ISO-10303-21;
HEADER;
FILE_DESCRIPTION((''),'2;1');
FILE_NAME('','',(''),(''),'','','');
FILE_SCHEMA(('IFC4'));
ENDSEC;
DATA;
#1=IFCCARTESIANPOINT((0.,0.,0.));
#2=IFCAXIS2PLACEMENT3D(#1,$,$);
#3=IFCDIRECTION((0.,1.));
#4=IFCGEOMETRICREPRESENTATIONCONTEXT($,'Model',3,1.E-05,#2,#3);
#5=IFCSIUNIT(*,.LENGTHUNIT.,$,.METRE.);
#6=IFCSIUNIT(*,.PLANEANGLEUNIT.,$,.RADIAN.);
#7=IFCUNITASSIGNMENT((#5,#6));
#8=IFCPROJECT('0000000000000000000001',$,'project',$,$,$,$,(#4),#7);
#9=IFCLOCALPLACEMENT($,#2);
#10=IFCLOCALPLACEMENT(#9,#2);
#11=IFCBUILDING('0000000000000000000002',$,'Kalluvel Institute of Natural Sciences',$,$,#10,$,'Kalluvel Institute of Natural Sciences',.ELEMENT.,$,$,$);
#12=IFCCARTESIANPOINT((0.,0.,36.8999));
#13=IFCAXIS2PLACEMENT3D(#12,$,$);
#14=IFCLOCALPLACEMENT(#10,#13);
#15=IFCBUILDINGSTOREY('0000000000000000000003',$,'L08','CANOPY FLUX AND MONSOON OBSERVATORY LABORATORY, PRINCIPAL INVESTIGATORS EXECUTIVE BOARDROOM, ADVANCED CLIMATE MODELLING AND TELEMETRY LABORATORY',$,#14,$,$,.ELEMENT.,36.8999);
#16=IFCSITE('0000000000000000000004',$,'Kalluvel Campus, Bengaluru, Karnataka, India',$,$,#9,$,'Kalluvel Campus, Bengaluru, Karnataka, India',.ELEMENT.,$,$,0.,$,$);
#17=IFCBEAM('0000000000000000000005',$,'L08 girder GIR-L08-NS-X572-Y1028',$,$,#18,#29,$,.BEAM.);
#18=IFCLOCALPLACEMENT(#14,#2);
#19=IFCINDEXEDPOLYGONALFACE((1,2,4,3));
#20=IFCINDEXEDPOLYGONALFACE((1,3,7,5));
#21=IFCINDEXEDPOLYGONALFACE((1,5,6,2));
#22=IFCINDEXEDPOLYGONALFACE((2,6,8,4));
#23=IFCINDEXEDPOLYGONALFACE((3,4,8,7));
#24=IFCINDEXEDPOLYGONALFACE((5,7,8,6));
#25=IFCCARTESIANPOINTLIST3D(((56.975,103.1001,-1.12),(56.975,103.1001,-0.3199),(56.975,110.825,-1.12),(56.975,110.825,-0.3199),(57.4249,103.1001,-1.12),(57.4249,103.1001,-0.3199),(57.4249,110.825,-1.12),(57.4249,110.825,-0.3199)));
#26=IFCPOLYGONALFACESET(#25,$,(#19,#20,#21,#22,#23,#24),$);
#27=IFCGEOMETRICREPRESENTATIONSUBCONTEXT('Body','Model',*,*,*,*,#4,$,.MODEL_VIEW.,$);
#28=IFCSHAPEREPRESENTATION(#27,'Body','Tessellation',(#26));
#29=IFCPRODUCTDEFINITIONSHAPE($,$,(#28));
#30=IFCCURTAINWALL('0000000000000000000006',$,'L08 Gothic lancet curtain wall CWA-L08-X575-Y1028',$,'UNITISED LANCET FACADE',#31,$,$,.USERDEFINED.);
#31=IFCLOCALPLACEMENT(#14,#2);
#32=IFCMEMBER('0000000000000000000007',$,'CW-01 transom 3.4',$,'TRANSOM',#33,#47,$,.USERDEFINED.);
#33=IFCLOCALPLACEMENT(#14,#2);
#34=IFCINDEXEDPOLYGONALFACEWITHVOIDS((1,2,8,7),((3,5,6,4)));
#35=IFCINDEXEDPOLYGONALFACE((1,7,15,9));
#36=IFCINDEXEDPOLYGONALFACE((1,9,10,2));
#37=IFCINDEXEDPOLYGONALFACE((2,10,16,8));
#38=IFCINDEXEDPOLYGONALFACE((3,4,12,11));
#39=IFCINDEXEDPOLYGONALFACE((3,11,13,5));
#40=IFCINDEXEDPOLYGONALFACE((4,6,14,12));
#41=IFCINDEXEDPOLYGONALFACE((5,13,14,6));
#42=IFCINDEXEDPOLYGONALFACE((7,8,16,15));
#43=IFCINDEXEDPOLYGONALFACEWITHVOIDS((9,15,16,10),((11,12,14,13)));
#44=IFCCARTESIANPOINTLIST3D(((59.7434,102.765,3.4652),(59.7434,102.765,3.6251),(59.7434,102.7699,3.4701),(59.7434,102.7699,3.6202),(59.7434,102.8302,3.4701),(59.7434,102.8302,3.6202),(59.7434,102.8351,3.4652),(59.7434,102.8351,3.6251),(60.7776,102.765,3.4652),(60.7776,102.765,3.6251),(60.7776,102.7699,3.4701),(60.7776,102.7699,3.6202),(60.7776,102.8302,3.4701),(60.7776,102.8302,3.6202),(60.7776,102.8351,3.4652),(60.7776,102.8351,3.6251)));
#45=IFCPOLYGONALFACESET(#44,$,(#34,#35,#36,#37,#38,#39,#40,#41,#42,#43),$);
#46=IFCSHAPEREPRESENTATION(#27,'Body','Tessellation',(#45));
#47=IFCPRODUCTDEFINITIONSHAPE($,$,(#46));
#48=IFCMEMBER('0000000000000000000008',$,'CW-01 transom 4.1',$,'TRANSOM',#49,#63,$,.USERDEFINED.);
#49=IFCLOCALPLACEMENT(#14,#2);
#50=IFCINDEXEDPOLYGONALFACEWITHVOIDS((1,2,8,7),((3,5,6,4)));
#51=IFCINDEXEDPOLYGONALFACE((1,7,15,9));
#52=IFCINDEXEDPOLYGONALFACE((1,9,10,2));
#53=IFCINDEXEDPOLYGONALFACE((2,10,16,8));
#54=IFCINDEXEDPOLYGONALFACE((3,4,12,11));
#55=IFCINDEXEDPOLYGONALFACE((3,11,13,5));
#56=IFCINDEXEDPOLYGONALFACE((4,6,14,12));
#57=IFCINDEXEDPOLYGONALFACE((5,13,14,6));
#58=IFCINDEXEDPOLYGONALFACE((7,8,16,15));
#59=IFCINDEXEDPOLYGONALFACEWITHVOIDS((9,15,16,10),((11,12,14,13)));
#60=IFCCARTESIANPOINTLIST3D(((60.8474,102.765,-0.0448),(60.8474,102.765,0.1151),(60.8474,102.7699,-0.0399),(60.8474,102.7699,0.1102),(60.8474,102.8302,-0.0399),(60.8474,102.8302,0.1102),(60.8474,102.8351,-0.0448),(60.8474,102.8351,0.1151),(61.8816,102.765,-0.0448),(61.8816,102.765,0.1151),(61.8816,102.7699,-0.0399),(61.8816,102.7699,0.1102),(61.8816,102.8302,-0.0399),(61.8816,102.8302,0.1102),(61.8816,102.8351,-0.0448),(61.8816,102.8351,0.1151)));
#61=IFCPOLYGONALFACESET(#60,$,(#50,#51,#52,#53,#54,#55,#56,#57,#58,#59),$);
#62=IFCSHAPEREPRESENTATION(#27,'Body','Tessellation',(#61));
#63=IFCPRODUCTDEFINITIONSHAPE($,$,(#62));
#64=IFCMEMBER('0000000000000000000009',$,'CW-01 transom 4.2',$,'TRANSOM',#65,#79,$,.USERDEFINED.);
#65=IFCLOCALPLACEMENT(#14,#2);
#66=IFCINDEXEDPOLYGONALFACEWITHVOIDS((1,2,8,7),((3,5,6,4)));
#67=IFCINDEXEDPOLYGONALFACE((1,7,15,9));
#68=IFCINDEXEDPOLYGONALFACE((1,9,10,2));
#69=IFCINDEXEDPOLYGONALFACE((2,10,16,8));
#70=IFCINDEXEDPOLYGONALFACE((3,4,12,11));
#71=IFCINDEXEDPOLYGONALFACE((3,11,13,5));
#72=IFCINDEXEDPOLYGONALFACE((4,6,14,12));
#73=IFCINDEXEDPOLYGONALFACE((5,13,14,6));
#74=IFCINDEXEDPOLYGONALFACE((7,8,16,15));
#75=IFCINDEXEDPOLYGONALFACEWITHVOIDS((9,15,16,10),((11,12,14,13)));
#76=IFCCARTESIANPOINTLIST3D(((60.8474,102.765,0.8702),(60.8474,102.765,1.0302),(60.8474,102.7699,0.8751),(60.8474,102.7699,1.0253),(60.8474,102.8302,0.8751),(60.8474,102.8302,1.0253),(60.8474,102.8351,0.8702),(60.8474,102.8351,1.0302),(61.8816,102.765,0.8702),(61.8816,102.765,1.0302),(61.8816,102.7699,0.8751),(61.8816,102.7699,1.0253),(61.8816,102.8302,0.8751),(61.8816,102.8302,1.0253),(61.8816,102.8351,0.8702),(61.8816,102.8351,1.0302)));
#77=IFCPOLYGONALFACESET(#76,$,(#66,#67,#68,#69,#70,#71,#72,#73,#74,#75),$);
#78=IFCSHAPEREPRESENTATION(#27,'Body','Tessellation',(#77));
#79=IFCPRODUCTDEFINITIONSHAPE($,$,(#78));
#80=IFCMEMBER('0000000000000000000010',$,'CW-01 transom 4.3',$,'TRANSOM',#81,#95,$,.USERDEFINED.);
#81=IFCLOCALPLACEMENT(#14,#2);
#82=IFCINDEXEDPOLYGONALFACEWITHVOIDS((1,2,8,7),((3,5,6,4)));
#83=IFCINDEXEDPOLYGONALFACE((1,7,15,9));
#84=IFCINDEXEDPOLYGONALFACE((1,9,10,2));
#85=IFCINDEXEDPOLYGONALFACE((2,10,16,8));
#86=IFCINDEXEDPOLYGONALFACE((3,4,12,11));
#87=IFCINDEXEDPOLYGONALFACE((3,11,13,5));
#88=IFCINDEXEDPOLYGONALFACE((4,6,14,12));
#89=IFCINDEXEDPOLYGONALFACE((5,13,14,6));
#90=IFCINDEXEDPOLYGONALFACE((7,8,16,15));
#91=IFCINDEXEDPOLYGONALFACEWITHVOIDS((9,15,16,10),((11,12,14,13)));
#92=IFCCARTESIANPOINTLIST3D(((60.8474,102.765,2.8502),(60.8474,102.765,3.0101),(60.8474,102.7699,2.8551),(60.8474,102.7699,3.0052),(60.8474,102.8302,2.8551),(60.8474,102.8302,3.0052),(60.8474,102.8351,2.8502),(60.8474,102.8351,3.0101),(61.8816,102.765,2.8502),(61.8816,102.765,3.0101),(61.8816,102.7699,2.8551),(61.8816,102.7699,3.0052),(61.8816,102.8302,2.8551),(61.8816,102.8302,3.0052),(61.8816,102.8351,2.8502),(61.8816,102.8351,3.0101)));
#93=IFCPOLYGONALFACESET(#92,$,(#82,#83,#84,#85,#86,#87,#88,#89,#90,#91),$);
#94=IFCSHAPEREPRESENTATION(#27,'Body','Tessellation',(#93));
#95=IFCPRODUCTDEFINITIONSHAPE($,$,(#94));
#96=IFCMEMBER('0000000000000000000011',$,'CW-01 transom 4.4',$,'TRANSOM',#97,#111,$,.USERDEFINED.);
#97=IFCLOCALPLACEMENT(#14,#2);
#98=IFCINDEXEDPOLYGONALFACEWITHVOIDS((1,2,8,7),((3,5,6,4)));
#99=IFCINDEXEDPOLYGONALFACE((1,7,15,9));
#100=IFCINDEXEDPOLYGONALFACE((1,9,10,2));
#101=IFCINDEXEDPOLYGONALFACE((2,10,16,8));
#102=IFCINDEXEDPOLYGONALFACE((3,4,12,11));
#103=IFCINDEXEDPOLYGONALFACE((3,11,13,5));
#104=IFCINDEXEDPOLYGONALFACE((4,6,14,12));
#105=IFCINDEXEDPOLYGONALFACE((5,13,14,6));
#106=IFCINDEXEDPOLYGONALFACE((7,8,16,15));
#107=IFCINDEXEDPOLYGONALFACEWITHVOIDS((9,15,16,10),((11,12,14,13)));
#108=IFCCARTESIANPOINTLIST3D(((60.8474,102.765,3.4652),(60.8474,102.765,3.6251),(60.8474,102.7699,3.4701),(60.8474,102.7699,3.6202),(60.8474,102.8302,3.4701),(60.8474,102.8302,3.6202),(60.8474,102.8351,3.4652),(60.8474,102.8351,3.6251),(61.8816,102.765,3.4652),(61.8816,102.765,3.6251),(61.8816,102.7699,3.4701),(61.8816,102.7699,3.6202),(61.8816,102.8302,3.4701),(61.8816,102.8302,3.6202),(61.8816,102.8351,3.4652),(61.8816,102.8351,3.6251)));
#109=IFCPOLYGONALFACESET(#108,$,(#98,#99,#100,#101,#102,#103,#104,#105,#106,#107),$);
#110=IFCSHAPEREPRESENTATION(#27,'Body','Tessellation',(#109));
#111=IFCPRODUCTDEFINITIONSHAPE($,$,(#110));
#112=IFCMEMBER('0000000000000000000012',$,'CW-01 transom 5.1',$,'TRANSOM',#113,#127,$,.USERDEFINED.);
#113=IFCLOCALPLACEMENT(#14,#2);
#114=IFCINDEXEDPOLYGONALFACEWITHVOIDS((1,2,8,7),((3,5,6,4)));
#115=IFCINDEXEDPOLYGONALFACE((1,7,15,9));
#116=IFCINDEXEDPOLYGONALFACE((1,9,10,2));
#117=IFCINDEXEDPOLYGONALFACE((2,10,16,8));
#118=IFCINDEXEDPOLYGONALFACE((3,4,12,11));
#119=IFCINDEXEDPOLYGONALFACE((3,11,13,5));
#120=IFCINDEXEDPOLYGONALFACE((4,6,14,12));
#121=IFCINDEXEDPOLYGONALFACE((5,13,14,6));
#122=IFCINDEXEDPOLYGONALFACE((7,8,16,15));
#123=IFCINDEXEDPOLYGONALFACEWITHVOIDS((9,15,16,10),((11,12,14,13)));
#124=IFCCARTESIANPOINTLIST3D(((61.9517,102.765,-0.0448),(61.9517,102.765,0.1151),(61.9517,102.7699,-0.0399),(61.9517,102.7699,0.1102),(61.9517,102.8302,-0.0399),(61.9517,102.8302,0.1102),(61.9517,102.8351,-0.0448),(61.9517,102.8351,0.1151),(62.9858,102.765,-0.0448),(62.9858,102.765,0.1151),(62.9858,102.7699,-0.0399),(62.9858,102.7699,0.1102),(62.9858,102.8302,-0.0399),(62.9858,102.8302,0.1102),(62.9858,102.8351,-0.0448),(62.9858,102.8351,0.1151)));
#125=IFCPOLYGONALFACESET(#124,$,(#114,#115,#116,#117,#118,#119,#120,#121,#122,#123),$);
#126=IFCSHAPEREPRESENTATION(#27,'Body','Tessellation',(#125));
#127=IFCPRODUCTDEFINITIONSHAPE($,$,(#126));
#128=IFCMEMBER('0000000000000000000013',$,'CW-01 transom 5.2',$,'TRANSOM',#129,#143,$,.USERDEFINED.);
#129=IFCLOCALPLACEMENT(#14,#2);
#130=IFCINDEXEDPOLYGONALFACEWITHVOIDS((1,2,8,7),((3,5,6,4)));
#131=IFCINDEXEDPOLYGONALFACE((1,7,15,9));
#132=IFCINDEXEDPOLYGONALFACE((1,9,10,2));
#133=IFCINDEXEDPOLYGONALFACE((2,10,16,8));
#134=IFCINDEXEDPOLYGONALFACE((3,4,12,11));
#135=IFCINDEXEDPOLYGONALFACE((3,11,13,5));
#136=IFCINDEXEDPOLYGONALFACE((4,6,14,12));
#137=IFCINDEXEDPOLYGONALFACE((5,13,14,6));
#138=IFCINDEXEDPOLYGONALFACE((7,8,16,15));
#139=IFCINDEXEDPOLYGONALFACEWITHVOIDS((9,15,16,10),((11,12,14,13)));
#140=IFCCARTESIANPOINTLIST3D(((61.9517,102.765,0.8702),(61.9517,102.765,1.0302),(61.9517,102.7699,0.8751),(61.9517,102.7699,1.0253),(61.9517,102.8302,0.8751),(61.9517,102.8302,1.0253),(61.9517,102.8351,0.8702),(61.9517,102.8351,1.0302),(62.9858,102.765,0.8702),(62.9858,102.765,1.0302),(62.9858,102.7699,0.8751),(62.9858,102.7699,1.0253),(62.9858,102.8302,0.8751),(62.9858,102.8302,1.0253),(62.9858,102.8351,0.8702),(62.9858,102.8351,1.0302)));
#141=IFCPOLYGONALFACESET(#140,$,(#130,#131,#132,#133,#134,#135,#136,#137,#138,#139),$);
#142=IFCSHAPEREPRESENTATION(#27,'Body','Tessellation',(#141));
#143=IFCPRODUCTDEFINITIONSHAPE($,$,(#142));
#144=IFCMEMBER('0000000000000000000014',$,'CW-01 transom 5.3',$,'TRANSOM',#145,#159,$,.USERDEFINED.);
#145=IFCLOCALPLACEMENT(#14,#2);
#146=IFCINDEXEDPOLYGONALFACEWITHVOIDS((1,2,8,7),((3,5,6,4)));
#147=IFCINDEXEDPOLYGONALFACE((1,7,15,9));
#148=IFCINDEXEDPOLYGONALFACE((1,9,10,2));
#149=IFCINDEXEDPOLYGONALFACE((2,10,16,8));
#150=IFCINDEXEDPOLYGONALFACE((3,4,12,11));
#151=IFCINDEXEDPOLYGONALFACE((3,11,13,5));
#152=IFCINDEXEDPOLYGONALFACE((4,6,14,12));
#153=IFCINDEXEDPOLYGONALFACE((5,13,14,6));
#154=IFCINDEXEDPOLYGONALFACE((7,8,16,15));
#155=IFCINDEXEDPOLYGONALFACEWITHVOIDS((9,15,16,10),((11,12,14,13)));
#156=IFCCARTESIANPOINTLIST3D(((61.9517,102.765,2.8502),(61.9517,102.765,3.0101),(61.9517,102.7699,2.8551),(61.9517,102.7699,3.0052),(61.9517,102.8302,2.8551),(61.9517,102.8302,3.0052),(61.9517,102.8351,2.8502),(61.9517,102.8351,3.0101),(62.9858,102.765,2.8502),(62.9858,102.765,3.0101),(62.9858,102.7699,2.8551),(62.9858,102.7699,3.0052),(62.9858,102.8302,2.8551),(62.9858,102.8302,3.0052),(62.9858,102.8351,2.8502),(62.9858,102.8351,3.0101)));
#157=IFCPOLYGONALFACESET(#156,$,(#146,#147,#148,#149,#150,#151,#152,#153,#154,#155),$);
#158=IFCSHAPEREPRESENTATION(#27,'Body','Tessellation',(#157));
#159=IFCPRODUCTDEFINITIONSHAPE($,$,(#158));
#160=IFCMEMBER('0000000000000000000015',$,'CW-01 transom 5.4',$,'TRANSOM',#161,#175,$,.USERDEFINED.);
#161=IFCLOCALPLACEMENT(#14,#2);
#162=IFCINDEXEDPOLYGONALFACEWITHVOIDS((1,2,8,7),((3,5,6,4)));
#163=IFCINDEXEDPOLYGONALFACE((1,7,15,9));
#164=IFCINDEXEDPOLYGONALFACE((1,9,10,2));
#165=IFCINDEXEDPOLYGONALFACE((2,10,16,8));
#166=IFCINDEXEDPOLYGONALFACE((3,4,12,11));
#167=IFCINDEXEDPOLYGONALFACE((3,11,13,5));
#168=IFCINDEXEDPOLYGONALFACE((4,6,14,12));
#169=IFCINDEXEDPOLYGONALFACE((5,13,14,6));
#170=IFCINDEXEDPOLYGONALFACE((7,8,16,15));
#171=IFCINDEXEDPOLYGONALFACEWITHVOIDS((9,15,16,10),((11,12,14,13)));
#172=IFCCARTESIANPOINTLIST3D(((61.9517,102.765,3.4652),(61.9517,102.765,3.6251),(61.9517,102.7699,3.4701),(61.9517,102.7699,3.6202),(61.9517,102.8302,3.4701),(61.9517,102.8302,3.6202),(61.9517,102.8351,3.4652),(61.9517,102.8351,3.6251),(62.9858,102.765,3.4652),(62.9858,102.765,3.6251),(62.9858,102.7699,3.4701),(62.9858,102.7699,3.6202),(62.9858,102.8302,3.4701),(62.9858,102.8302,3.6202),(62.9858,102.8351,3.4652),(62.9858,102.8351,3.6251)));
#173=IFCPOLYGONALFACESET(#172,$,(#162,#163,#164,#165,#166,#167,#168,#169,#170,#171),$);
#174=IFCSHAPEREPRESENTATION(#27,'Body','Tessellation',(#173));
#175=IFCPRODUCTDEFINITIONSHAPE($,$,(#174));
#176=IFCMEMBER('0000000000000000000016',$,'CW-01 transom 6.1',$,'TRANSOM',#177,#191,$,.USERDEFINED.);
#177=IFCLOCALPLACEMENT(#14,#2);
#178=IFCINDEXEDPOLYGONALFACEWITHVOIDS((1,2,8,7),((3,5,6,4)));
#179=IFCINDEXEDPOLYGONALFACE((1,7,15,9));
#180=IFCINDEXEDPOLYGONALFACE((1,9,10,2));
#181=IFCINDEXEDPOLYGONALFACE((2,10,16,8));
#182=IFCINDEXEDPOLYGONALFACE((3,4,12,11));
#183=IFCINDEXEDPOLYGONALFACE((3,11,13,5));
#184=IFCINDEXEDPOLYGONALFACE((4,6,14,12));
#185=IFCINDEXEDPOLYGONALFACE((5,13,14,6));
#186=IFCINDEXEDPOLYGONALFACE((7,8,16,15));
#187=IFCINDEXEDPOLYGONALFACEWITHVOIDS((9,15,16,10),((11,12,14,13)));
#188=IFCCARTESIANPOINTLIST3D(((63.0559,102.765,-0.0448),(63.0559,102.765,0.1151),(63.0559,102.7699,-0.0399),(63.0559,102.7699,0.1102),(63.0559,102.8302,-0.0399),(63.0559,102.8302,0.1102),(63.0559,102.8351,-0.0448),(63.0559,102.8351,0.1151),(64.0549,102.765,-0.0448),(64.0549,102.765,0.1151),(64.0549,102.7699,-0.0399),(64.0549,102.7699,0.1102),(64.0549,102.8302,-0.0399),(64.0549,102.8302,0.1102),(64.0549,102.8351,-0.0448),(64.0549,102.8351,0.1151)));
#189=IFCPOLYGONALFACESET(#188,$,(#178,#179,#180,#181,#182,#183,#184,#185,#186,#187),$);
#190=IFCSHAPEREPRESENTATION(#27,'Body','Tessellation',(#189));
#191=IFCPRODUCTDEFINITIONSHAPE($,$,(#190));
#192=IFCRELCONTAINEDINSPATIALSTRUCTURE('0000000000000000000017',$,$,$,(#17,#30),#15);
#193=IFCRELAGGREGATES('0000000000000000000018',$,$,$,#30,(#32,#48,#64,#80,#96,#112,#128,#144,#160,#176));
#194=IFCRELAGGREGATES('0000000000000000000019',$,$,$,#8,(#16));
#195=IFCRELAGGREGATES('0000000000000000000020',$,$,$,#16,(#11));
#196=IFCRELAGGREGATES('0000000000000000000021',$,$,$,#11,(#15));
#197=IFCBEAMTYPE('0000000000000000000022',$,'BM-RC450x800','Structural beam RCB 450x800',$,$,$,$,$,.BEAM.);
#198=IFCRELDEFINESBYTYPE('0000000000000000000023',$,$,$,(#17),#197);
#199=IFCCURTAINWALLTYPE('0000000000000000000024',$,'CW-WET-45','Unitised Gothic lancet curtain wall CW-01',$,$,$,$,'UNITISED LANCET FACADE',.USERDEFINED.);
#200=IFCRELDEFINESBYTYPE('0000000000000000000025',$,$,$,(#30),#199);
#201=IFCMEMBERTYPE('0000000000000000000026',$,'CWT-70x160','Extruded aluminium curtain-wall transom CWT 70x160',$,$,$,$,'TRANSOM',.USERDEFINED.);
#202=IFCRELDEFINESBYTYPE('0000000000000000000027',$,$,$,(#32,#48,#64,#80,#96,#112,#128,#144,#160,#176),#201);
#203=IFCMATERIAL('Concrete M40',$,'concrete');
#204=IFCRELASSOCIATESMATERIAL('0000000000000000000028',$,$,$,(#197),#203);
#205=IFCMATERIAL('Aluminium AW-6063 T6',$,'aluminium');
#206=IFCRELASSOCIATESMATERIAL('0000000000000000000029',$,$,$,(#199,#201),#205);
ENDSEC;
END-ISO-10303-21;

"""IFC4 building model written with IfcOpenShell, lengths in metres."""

from ifc_helpers import new_model, si_unit, direction, frame, origin, origin_2d, place, context, subcontext, project, spatial, rectangle, hollow_rectangle, extrude, material, material_profile, profile_set, type_object, element, aggregate, save


model = new_model("IFC4")

# Units and contexts
model_context = context("Model", 3, precision=1e-05, world=origin(), true_north=direction((0.0, 1.0)))
body_context = subcontext(model_context, "Body", "Model", "MODEL_VIEW")
ifc_project = project(units=[si_unit("LENGTHUNIT", "METRE"), si_unit("PLANEANGLEUNIT", "RADIAN")], contexts=[model_context])

# Site, building, storey
site_placement = place(None, origin())
site = spatial("IfcSite", under=ifc_project, at=site_placement, Name="Kalluvel Campus, Bengaluru, Karnataka, India", LongName="Kalluvel Campus, Bengaluru, Karnataka, India", CompositionType="ELEMENT", RefElevation=0.0)
building_placement = place(site_placement, origin())
building = spatial("IfcBuilding", under=site, at=building_placement, Name="Kalluvel Institute of Natural Sciences", LongName="Kalluvel Institute of Natural Sciences", CompositionType="ELEMENT")
storey_placement = place(building_placement, frame((0.0, 0.0, 36.8999)))
storey = spatial("IfcBuildingStorey", under=building, at=storey_placement, Name="L08", Description="CANOPY FLUX AND MONSOON OBSERVATORY LABORATORY, PRINCIPAL INVESTIGATORS EXECUTIVE BOARDROOM, ADVANCED CLIMATE MODELLING AND TELEMETRY LABORATORY", CompositionType="ELEMENT", Elevation=36.8999)

# Beam
ifc_material_1 = material(Name="Concrete M40", Category="concrete")
ifc_material_profile_1 = material_profile(ifc_material_1, rectangle(XDim=0.45, YDim=0.8, at=origin_2d()), Name="RCB 450x800")
ifc_profile_set_1 = profile_set([ifc_material_profile_1], Name="Concrete M40")
beam_type_1 = type_object("IfcBeamType", Name="BM-RC450x800", Description="Structural beam RCB 450x800", PredefinedType="BEAM", material=ifc_profile_set_1)
beam_1_placement = place(storey_placement, frame((57.2, 103.1001, -0.72), z_axis=(0.0, 1.0, 0.0), x_axis=(-1.0, 0.0, 0.0)))
element("IfcBeam", 1, at=beam_1_placement, inside=storey, type_object=beam_type_1, Name="L08 girder GIR-L08-NS-X572-Y1028", PredefinedType="BEAM", context=body_context, shape_type="SweptSolid", body=[
    extrude(rectangle(XDim=0.45, YDim=0.8, at=origin_2d()), origin(), (0.0, 0.0, 1.0), 7.7249),
])

# Curtain wall, members
ifc_material_2 = material(Name="Aluminium AW-6063 T6", Category="aluminium")
curtain_wall_type = type_object("IfcCurtainWallType", Name="CW-WET-45", Description="Unitised Gothic lancet curtain wall CW-01", ElementType="UNITISED LANCET FACADE", PredefinedType="USERDEFINED", material=ifc_material_2)
curtain_wall_placement = place(storey_placement, origin())
curtain_wall = element("IfcCurtainWall", 2, at=curtain_wall_placement, inside=storey, type_object=curtain_wall_type, Name="L08 Gothic lancet curtain wall CWA-L08-X575-Y1028", ObjectType="UNITISED LANCET FACADE", PredefinedType="USERDEFINED")
ifc_material_profile_2 = material_profile(ifc_material_2, hollow_rectangle(XDim=0.0701, YDim=0.1599, WallThickness=0.0049, at=origin_2d()), Name="CWT 70x160")
ifc_profile_set_2 = profile_set([ifc_material_profile_2], Name="Aluminium AW-6063 T6")
member_type = type_object("IfcMemberType", Name="CWT-70x160", Description="Extruded aluminium curtain-wall transom CWT 70x160", ElementType="TRANSOM", PredefinedType="USERDEFINED", material=ifc_profile_set_2)
member_1_placement = place(storey_placement, frame((59.7434, 102.8, 3.5452), z_axis=(1.0, 0.0, 0.0), x_axis=(0.0, 1.0, 0.0)))
member_1 = element("IfcMember", 3, at=member_1_placement, type_object=member_type, Name="CW-01 transom 3.4", ObjectType="TRANSOM", PredefinedType="USERDEFINED", context=body_context, shape_type="SweptSolid", body=[
    extrude(hollow_rectangle(XDim=0.0701, YDim=0.1599, WallThickness=0.0049, at=origin_2d()), origin(), (0.0, 0.0, 1.0), 1.0342),
])
member_2_placement = place(storey_placement, frame((60.8474, 102.8, 0.0352), z_axis=(1.0, 0.0, 0.0), x_axis=(0.0, 1.0, 0.0)))
member_2 = element("IfcMember", 4, at=member_2_placement, type_object=member_type, Name="CW-01 transom 4.1", ObjectType="TRANSOM", PredefinedType="USERDEFINED", context=body_context, shape_type="SweptSolid", body=[
    extrude(hollow_rectangle(XDim=0.0701, YDim=0.1599, WallThickness=0.0049, at=origin_2d()), origin(), (0.0, 0.0, 1.0), 1.0342),
])
member_3_placement = place(storey_placement, frame((60.8474, 102.8, 0.9502), z_axis=(1.0, 0.0, 0.0), x_axis=(0.0, 1.0, 0.0)))
member_3 = element("IfcMember", 5, at=member_3_placement, type_object=member_type, Name="CW-01 transom 4.2", ObjectType="TRANSOM", PredefinedType="USERDEFINED", context=body_context, shape_type="SweptSolid", body=[
    extrude(hollow_rectangle(XDim=0.0701, YDim=0.1599, WallThickness=0.0049, at=origin_2d()), origin(), (0.0, 0.0, 1.0), 1.0342),
])
member_4_placement = place(storey_placement, frame((60.8474, 102.8, 2.9302), z_axis=(1.0, 0.0, 0.0), x_axis=(0.0, 1.0, 0.0)))
member_4 = element("IfcMember", 6, at=member_4_placement, type_object=member_type, Name="CW-01 transom 4.3", ObjectType="TRANSOM", PredefinedType="USERDEFINED", context=body_context, shape_type="SweptSolid", body=[
    extrude(hollow_rectangle(XDim=0.0701, YDim=0.1599, WallThickness=0.0049, at=origin_2d()), origin(), (0.0, 0.0, 1.0), 1.0342),
])
member_5_placement = place(storey_placement, frame((60.8474, 102.8, 3.5452), z_axis=(1.0, 0.0, 0.0), x_axis=(0.0, 1.0, 0.0)))
member_5 = element("IfcMember", 7, at=member_5_placement, type_object=member_type, Name="CW-01 transom 4.4", ObjectType="TRANSOM", PredefinedType="USERDEFINED", context=body_context, shape_type="SweptSolid", body=[
    extrude(hollow_rectangle(XDim=0.0701, YDim=0.1599, WallThickness=0.0049, at=origin_2d()), origin(), (0.0, 0.0, 1.0), 1.0342),
])
member_6_placement = place(storey_placement, frame((61.9517, 102.8, 0.0352), z_axis=(1.0, 0.0, 0.0), x_axis=(0.0, 1.0, 0.0)))
member_6 = element("IfcMember", 8, at=member_6_placement, type_object=member_type, Name="CW-01 transom 5.1", ObjectType="TRANSOM", PredefinedType="USERDEFINED", context=body_context, shape_type="SweptSolid", body=[
    extrude(hollow_rectangle(XDim=0.0701, YDim=0.1599, WallThickness=0.0049, at=origin_2d()), origin(), (0.0, 0.0, 1.0), 1.0342),
])
member_7_placement = place(storey_placement, frame((61.9517, 102.8, 0.9502), z_axis=(1.0, 0.0, 0.0), x_axis=(0.0, 1.0, 0.0)))
member_7 = element("IfcMember", 9, at=member_7_placement, type_object=member_type, Name="CW-01 transom 5.2", ObjectType="TRANSOM", PredefinedType="USERDEFINED", context=body_context, shape_type="SweptSolid", body=[
    extrude(hollow_rectangle(XDim=0.0701, YDim=0.1599, WallThickness=0.0049, at=origin_2d()), origin(), (0.0, 0.0, 1.0), 1.0342),
])
member_8_placement = place(storey_placement, frame((61.9517, 102.8, 2.9302), z_axis=(1.0, 0.0, 0.0), x_axis=(0.0, 1.0, 0.0)))
member_8 = element("IfcMember", 10, at=member_8_placement, type_object=member_type, Name="CW-01 transom 5.3", ObjectType="TRANSOM", PredefinedType="USERDEFINED", context=body_context, shape_type="SweptSolid", body=[
    extrude(hollow_rectangle(XDim=0.0701, YDim=0.1599, WallThickness=0.0049, at=origin_2d()), origin(), (0.0, 0.0, 1.0), 1.0342),
])
member_9_placement = place(storey_placement, frame((61.9517, 102.8, 3.5452), z_axis=(1.0, 0.0, 0.0), x_axis=(0.0, 1.0, 0.0)))
member_9 = element("IfcMember", 11, at=member_9_placement, type_object=member_type, Name="CW-01 transom 5.4", ObjectType="TRANSOM", PredefinedType="USERDEFINED", context=body_context, shape_type="SweptSolid", body=[
    extrude(hollow_rectangle(XDim=0.0701, YDim=0.1599, WallThickness=0.0049, at=origin_2d()), origin(), (0.0, 0.0, 1.0), 1.0342),
])
member_10_placement = place(storey_placement, frame((63.0559, 102.8, 0.0352), z_axis=(1.0, 0.0, 0.0), x_axis=(0.0, 1.0, 0.0)))
member_10 = element("IfcMember", 12, at=member_10_placement, type_object=member_type, Name="CW-01 transom 6.1", ObjectType="TRANSOM", PredefinedType="USERDEFINED", context=body_context, shape_type="SweptSolid", body=[
    extrude(hollow_rectangle(XDim=0.0701, YDim=0.1599, WallThickness=0.0049, at=origin_2d()), origin(), (0.0, 0.0, 1.0), 0.999),
])

aggregate(curtain_wall, [member_1, member_2, member_3, member_4, member_5, member_6, member_7, member_8, member_9, member_10])

save(model, "model.ifc")
